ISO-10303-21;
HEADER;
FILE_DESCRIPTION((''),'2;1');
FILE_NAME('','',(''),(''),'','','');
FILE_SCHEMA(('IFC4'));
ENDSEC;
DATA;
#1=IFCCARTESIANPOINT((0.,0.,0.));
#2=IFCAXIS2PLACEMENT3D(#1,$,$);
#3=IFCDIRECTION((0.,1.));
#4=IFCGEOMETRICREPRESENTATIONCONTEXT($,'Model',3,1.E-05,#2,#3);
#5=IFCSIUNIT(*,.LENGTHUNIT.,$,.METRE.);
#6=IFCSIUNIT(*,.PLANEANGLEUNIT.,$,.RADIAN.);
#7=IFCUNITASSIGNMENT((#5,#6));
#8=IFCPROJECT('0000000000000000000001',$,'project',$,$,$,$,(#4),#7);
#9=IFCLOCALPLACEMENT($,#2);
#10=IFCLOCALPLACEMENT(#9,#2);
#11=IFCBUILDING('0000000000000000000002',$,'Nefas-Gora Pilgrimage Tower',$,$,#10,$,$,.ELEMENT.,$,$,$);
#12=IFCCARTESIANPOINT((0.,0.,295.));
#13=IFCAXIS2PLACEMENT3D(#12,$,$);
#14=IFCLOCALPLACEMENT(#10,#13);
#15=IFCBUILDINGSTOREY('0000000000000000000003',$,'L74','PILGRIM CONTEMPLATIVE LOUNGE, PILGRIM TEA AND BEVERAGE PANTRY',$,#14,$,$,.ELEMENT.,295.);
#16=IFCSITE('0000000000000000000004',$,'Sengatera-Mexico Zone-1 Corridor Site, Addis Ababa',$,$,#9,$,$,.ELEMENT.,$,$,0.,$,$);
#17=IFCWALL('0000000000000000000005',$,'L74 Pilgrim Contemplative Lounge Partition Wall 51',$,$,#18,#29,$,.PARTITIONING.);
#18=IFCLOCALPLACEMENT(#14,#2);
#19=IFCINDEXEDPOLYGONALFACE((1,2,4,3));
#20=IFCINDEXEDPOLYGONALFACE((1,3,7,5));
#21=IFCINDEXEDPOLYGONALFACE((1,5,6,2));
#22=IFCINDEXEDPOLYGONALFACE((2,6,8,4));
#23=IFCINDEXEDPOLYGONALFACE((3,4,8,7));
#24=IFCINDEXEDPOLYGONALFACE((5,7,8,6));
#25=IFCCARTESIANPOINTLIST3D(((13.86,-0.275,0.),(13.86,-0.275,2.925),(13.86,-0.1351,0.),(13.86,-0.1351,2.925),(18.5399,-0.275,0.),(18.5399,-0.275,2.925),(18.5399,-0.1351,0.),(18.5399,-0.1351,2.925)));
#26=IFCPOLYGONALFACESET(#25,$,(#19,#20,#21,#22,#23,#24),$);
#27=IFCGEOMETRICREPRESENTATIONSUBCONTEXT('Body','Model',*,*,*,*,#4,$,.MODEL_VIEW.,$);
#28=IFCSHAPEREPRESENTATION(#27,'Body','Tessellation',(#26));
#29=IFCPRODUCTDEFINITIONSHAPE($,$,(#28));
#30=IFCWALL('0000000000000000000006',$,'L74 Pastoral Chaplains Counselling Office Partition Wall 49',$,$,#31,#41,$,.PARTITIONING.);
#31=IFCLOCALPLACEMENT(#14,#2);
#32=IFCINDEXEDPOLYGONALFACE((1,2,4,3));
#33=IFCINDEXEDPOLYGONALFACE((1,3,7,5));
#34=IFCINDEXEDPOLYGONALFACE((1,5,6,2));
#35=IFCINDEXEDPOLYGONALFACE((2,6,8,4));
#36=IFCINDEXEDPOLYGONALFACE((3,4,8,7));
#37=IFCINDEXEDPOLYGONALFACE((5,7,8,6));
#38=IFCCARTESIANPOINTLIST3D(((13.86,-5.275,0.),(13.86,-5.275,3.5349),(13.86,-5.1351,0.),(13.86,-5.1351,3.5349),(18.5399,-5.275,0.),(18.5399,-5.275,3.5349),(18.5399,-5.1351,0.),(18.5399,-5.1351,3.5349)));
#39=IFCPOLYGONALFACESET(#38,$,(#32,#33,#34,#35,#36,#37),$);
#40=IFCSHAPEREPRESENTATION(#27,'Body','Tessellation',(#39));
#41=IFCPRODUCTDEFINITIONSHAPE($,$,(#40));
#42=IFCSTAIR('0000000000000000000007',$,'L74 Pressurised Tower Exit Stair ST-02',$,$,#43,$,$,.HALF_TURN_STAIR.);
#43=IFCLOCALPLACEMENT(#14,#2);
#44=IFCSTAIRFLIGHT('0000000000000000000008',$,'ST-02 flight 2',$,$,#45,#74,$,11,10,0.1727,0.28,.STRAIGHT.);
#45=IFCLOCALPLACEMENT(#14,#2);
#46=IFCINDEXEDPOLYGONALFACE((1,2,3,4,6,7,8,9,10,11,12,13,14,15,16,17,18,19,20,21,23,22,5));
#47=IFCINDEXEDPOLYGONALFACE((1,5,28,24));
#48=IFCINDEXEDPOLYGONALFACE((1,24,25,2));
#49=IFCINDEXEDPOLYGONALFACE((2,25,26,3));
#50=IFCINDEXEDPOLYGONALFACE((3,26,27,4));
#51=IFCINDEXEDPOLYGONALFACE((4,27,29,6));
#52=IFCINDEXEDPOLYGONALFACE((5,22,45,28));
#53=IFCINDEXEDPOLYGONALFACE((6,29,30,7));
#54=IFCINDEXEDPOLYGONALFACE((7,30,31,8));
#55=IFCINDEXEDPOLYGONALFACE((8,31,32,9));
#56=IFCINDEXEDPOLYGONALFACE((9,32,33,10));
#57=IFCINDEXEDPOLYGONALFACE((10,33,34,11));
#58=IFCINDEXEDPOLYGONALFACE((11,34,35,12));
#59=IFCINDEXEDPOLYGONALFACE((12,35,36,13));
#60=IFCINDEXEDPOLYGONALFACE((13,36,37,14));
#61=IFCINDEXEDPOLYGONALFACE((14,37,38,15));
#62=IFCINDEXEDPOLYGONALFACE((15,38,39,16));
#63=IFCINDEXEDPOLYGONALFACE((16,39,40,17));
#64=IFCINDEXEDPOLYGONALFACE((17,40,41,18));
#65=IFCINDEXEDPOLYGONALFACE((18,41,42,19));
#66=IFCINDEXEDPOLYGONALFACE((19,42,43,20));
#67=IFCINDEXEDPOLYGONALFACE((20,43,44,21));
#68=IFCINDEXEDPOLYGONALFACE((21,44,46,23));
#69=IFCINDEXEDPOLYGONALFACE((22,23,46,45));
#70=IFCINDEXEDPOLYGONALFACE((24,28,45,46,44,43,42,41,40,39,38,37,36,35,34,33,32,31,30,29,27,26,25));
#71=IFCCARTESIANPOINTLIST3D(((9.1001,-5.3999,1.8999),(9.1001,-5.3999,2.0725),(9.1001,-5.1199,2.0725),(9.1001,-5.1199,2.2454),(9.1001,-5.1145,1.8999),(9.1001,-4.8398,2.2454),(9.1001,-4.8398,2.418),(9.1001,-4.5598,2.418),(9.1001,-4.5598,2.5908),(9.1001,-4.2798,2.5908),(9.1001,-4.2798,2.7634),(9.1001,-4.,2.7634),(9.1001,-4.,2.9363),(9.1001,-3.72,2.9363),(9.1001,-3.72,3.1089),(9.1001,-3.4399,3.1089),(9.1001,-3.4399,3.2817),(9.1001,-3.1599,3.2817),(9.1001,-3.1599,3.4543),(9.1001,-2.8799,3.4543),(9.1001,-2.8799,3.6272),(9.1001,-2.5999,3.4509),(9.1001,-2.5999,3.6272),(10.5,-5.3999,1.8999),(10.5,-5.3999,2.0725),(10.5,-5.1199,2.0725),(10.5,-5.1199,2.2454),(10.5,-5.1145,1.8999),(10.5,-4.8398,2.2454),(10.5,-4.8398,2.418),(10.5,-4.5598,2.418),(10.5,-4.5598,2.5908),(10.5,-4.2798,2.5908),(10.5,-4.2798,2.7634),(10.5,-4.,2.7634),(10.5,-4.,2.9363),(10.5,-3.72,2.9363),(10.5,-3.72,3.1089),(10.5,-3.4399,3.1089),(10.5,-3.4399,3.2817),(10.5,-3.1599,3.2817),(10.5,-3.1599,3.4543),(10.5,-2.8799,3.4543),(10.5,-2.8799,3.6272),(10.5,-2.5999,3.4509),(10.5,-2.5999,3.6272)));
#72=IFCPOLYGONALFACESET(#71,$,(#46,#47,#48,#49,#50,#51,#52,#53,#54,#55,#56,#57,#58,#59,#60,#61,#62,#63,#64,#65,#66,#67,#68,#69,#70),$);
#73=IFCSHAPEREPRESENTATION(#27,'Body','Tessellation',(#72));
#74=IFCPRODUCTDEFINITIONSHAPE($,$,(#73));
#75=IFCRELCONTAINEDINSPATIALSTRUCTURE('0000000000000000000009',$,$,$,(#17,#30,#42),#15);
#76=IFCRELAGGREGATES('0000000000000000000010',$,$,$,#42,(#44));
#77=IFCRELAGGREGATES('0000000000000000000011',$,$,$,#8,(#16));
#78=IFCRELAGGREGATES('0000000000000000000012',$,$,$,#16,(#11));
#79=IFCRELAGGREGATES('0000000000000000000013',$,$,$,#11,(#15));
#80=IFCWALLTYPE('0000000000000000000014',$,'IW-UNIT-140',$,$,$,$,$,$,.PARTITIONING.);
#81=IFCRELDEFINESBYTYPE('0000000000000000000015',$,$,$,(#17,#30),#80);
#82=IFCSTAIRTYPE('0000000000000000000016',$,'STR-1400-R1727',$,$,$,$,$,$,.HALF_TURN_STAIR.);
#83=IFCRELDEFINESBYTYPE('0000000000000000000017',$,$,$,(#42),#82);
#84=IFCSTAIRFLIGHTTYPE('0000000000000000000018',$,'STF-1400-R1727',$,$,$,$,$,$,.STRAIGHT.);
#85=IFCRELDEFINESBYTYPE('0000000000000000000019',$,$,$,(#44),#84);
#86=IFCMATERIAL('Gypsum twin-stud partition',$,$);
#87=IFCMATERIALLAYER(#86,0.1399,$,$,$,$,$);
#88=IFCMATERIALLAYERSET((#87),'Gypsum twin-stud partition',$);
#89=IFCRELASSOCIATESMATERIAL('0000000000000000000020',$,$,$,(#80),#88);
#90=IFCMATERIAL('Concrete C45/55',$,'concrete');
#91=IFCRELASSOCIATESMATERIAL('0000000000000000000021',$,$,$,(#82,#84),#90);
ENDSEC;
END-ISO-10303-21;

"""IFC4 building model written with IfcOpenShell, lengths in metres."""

from ifc_helpers import new_model, si_unit, direction, frame, frame_2d, origin, place, context, subcontext, project, spatial, polyline, rectangle, outline, extrude, source, transform, mapped, material, layer, layer_set, type_object, element, aggregate, save


model = new_model("IFC4")

# Units and contexts
model_context = context("Model", 3, precision=1e-05, world=origin(), true_north=direction((0.0, 1.0)))
body_context = subcontext(model_context, "Body", "Model", "MODEL_VIEW")
ifc_project = project(units=[si_unit("LENGTHUNIT", "METRE"), si_unit("PLANEANGLEUNIT", "RADIAN")], contexts=[model_context])

# Site, building, storey
site_placement = place(None, origin())
site = spatial("IfcSite", under=ifc_project, at=site_placement, Name="Sengatera-Mexico Zone-1 Corridor Site, Addis Ababa", CompositionType="ELEMENT", RefElevation=0.0)
building_placement = place(site_placement, origin())
building = spatial("IfcBuilding", under=site, at=building_placement, Name="Nefas-Gora Pilgrimage Tower", CompositionType="ELEMENT")
storey_placement = place(building_placement, frame((0.0, 0.0, 295.0)))
storey = spatial("IfcBuildingStorey", under=building, at=storey_placement, Name="L74", Description="PILGRIM CONTEMPLATIVE LOUNGE, PILGRIM TEA AND BEVERAGE PANTRY", CompositionType="ELEMENT", Elevation=295.0)

# Shared definitions
ifc_material_1 = material(Name="Concrete C45/55", Category="concrete")

# Walls
ifc_material_2 = material(Name="Gypsum twin-stud partition")
ifc_layer_1 = layer(ifc_material_2, 0.1399)
ifc_layer_set_1 = layer_set([ifc_layer_1], Name="Gypsum twin-stud partition")
wall_type_1 = type_object("IfcWallType", Name="IW-UNIT-140", PredefinedType="PARTITIONING", material=ifc_layer_set_1)
shared_shape_1 = source(origin(), body_context, "Body", "SweptSolid", [
    extrude(rectangle(XDim=4.6799, YDim=0.1399, at=frame_2d((2.3398, 0.0))), origin(), (0.0, 0.0, 1.0), 2.925),
])
wall_1_placement = place(storey_placement, frame((13.8601, -0.2051, 0.0), z_axis=(0.0, 0.0, 1.0), x_axis=(1.0, 0.0, 0.0)))
element("IfcWall", 1, at=wall_1_placement, inside=storey, type_object=wall_type_1, Name="L74 Pilgrim Contemplative Lounge Partition Wall 51", PredefinedType="PARTITIONING", context=body_context, shape_type="MappedRepresentation", body=[
    mapped(shared_shape_1, transform((0.0, 0.0, 0.0), x_axis=(1.0, 0.0, 0.0), y_axis=(0.0, 1.0, 0.0), z_axis=(0.0, 0.0, 1.0), scale=1.0)),
])
shared_shape_2 = source(origin(), body_context, "Body", "SweptSolid", [
    extrude(rectangle(XDim=4.6799, YDim=0.1399, at=frame_2d((2.3398, 0.0))), origin(), (0.0, 0.0, 1.0), 3.5349),
])
wall_2_placement = place(storey_placement, frame((13.8601, -5.2051, 0.0), z_axis=(0.0, 0.0, 1.0), x_axis=(1.0, 0.0, 0.0)))
element("IfcWall", 2, at=wall_2_placement, inside=storey, type_object=wall_type_1, Name="L74 Pastoral Chaplains Counselling Office Partition Wall 49", PredefinedType="PARTITIONING", context=body_context, shape_type="MappedRepresentation", body=[
    mapped(shared_shape_2, transform((0.0, 0.0, 0.0), x_axis=(1.0, 0.0, 0.0), y_axis=(0.0, 1.0, 0.0), z_axis=(0.0, 0.0, 1.0), scale=1.0)),
])

# Stair, stair flight
stair_type = type_object("IfcStairType", Name="STR-1400-R1727", PredefinedType="HALF_TURN_STAIR", material=ifc_material_1)
stair_placement = place(storey_placement, origin())
stair = element("IfcStair", 3, at=stair_placement, inside=storey, type_object=stair_type, Name="L74 Pressurised Tower Exit Stair ST-02", PredefinedType="HALF_TURN_STAIR")
stair_flight_type = type_object("IfcStairFlightType", Name="STF-1400-R1727", PredefinedType="STRAIGHT", material=ifc_material_1)
shared_shape_3 = source(origin(), body_context, "Body", "SweptSolid", [
    extrude(outline(polyline([(0.0, 0.0), (0.0, 0.1726), (0.28, 0.1726), (0.28, 0.3455), (0.5601, 0.3455), (0.5601, 0.5181), (0.8401, 0.5181), (0.8401, 0.6909), (1.1201, 0.6909), (1.1201, 0.8635), (1.3999, 0.8635), (1.3999, 1.0364), (1.6799, 1.0364), (1.6799, 1.209), (1.96, 1.209), (1.96, 1.3818), (2.24, 1.3818), (2.24, 1.5544), (2.52, 1.5544), (2.52, 1.7273), (2.8, 1.7273), (2.8, 1.8999), (2.8, 1.551), (0.2854, 0.0), (0.0, 0.0)])), frame((0.0, 0.7, 0.0), z_axis=(0.0, -1.0, 0.0), x_axis=(1.0, 0.0, 0.0)), (0.0, 0.0, 1.0), 1.3999),
])
stair_flight_placement = place(storey_placement, frame((9.8, -5.3999, 1.8999), z_axis=(0.0, 0.0, 1.0), x_axis=(0.0, 1.0, 0.0)))
stair_flight = element("IfcStairFlight", 4, at=stair_flight_placement, type_object=stair_flight_type, Name="ST-02 flight 2", NumberOfRisers=11, NumberOfTreads=10, PredefinedType="STRAIGHT", RiserHeight=0.1727, TreadLength=0.28, context=body_context, shape_type="MappedRepresentation", body=[
    mapped(shared_shape_3, transform((0.0, 0.0, 0.0), x_axis=(1.0, 0.0, 0.0), y_axis=(0.0, 1.0, 0.0), z_axis=(0.0, 0.0, 1.0), scale=1.0)),
])
aggregate(stair, [stair_flight])

save(model, "model.ifc")
